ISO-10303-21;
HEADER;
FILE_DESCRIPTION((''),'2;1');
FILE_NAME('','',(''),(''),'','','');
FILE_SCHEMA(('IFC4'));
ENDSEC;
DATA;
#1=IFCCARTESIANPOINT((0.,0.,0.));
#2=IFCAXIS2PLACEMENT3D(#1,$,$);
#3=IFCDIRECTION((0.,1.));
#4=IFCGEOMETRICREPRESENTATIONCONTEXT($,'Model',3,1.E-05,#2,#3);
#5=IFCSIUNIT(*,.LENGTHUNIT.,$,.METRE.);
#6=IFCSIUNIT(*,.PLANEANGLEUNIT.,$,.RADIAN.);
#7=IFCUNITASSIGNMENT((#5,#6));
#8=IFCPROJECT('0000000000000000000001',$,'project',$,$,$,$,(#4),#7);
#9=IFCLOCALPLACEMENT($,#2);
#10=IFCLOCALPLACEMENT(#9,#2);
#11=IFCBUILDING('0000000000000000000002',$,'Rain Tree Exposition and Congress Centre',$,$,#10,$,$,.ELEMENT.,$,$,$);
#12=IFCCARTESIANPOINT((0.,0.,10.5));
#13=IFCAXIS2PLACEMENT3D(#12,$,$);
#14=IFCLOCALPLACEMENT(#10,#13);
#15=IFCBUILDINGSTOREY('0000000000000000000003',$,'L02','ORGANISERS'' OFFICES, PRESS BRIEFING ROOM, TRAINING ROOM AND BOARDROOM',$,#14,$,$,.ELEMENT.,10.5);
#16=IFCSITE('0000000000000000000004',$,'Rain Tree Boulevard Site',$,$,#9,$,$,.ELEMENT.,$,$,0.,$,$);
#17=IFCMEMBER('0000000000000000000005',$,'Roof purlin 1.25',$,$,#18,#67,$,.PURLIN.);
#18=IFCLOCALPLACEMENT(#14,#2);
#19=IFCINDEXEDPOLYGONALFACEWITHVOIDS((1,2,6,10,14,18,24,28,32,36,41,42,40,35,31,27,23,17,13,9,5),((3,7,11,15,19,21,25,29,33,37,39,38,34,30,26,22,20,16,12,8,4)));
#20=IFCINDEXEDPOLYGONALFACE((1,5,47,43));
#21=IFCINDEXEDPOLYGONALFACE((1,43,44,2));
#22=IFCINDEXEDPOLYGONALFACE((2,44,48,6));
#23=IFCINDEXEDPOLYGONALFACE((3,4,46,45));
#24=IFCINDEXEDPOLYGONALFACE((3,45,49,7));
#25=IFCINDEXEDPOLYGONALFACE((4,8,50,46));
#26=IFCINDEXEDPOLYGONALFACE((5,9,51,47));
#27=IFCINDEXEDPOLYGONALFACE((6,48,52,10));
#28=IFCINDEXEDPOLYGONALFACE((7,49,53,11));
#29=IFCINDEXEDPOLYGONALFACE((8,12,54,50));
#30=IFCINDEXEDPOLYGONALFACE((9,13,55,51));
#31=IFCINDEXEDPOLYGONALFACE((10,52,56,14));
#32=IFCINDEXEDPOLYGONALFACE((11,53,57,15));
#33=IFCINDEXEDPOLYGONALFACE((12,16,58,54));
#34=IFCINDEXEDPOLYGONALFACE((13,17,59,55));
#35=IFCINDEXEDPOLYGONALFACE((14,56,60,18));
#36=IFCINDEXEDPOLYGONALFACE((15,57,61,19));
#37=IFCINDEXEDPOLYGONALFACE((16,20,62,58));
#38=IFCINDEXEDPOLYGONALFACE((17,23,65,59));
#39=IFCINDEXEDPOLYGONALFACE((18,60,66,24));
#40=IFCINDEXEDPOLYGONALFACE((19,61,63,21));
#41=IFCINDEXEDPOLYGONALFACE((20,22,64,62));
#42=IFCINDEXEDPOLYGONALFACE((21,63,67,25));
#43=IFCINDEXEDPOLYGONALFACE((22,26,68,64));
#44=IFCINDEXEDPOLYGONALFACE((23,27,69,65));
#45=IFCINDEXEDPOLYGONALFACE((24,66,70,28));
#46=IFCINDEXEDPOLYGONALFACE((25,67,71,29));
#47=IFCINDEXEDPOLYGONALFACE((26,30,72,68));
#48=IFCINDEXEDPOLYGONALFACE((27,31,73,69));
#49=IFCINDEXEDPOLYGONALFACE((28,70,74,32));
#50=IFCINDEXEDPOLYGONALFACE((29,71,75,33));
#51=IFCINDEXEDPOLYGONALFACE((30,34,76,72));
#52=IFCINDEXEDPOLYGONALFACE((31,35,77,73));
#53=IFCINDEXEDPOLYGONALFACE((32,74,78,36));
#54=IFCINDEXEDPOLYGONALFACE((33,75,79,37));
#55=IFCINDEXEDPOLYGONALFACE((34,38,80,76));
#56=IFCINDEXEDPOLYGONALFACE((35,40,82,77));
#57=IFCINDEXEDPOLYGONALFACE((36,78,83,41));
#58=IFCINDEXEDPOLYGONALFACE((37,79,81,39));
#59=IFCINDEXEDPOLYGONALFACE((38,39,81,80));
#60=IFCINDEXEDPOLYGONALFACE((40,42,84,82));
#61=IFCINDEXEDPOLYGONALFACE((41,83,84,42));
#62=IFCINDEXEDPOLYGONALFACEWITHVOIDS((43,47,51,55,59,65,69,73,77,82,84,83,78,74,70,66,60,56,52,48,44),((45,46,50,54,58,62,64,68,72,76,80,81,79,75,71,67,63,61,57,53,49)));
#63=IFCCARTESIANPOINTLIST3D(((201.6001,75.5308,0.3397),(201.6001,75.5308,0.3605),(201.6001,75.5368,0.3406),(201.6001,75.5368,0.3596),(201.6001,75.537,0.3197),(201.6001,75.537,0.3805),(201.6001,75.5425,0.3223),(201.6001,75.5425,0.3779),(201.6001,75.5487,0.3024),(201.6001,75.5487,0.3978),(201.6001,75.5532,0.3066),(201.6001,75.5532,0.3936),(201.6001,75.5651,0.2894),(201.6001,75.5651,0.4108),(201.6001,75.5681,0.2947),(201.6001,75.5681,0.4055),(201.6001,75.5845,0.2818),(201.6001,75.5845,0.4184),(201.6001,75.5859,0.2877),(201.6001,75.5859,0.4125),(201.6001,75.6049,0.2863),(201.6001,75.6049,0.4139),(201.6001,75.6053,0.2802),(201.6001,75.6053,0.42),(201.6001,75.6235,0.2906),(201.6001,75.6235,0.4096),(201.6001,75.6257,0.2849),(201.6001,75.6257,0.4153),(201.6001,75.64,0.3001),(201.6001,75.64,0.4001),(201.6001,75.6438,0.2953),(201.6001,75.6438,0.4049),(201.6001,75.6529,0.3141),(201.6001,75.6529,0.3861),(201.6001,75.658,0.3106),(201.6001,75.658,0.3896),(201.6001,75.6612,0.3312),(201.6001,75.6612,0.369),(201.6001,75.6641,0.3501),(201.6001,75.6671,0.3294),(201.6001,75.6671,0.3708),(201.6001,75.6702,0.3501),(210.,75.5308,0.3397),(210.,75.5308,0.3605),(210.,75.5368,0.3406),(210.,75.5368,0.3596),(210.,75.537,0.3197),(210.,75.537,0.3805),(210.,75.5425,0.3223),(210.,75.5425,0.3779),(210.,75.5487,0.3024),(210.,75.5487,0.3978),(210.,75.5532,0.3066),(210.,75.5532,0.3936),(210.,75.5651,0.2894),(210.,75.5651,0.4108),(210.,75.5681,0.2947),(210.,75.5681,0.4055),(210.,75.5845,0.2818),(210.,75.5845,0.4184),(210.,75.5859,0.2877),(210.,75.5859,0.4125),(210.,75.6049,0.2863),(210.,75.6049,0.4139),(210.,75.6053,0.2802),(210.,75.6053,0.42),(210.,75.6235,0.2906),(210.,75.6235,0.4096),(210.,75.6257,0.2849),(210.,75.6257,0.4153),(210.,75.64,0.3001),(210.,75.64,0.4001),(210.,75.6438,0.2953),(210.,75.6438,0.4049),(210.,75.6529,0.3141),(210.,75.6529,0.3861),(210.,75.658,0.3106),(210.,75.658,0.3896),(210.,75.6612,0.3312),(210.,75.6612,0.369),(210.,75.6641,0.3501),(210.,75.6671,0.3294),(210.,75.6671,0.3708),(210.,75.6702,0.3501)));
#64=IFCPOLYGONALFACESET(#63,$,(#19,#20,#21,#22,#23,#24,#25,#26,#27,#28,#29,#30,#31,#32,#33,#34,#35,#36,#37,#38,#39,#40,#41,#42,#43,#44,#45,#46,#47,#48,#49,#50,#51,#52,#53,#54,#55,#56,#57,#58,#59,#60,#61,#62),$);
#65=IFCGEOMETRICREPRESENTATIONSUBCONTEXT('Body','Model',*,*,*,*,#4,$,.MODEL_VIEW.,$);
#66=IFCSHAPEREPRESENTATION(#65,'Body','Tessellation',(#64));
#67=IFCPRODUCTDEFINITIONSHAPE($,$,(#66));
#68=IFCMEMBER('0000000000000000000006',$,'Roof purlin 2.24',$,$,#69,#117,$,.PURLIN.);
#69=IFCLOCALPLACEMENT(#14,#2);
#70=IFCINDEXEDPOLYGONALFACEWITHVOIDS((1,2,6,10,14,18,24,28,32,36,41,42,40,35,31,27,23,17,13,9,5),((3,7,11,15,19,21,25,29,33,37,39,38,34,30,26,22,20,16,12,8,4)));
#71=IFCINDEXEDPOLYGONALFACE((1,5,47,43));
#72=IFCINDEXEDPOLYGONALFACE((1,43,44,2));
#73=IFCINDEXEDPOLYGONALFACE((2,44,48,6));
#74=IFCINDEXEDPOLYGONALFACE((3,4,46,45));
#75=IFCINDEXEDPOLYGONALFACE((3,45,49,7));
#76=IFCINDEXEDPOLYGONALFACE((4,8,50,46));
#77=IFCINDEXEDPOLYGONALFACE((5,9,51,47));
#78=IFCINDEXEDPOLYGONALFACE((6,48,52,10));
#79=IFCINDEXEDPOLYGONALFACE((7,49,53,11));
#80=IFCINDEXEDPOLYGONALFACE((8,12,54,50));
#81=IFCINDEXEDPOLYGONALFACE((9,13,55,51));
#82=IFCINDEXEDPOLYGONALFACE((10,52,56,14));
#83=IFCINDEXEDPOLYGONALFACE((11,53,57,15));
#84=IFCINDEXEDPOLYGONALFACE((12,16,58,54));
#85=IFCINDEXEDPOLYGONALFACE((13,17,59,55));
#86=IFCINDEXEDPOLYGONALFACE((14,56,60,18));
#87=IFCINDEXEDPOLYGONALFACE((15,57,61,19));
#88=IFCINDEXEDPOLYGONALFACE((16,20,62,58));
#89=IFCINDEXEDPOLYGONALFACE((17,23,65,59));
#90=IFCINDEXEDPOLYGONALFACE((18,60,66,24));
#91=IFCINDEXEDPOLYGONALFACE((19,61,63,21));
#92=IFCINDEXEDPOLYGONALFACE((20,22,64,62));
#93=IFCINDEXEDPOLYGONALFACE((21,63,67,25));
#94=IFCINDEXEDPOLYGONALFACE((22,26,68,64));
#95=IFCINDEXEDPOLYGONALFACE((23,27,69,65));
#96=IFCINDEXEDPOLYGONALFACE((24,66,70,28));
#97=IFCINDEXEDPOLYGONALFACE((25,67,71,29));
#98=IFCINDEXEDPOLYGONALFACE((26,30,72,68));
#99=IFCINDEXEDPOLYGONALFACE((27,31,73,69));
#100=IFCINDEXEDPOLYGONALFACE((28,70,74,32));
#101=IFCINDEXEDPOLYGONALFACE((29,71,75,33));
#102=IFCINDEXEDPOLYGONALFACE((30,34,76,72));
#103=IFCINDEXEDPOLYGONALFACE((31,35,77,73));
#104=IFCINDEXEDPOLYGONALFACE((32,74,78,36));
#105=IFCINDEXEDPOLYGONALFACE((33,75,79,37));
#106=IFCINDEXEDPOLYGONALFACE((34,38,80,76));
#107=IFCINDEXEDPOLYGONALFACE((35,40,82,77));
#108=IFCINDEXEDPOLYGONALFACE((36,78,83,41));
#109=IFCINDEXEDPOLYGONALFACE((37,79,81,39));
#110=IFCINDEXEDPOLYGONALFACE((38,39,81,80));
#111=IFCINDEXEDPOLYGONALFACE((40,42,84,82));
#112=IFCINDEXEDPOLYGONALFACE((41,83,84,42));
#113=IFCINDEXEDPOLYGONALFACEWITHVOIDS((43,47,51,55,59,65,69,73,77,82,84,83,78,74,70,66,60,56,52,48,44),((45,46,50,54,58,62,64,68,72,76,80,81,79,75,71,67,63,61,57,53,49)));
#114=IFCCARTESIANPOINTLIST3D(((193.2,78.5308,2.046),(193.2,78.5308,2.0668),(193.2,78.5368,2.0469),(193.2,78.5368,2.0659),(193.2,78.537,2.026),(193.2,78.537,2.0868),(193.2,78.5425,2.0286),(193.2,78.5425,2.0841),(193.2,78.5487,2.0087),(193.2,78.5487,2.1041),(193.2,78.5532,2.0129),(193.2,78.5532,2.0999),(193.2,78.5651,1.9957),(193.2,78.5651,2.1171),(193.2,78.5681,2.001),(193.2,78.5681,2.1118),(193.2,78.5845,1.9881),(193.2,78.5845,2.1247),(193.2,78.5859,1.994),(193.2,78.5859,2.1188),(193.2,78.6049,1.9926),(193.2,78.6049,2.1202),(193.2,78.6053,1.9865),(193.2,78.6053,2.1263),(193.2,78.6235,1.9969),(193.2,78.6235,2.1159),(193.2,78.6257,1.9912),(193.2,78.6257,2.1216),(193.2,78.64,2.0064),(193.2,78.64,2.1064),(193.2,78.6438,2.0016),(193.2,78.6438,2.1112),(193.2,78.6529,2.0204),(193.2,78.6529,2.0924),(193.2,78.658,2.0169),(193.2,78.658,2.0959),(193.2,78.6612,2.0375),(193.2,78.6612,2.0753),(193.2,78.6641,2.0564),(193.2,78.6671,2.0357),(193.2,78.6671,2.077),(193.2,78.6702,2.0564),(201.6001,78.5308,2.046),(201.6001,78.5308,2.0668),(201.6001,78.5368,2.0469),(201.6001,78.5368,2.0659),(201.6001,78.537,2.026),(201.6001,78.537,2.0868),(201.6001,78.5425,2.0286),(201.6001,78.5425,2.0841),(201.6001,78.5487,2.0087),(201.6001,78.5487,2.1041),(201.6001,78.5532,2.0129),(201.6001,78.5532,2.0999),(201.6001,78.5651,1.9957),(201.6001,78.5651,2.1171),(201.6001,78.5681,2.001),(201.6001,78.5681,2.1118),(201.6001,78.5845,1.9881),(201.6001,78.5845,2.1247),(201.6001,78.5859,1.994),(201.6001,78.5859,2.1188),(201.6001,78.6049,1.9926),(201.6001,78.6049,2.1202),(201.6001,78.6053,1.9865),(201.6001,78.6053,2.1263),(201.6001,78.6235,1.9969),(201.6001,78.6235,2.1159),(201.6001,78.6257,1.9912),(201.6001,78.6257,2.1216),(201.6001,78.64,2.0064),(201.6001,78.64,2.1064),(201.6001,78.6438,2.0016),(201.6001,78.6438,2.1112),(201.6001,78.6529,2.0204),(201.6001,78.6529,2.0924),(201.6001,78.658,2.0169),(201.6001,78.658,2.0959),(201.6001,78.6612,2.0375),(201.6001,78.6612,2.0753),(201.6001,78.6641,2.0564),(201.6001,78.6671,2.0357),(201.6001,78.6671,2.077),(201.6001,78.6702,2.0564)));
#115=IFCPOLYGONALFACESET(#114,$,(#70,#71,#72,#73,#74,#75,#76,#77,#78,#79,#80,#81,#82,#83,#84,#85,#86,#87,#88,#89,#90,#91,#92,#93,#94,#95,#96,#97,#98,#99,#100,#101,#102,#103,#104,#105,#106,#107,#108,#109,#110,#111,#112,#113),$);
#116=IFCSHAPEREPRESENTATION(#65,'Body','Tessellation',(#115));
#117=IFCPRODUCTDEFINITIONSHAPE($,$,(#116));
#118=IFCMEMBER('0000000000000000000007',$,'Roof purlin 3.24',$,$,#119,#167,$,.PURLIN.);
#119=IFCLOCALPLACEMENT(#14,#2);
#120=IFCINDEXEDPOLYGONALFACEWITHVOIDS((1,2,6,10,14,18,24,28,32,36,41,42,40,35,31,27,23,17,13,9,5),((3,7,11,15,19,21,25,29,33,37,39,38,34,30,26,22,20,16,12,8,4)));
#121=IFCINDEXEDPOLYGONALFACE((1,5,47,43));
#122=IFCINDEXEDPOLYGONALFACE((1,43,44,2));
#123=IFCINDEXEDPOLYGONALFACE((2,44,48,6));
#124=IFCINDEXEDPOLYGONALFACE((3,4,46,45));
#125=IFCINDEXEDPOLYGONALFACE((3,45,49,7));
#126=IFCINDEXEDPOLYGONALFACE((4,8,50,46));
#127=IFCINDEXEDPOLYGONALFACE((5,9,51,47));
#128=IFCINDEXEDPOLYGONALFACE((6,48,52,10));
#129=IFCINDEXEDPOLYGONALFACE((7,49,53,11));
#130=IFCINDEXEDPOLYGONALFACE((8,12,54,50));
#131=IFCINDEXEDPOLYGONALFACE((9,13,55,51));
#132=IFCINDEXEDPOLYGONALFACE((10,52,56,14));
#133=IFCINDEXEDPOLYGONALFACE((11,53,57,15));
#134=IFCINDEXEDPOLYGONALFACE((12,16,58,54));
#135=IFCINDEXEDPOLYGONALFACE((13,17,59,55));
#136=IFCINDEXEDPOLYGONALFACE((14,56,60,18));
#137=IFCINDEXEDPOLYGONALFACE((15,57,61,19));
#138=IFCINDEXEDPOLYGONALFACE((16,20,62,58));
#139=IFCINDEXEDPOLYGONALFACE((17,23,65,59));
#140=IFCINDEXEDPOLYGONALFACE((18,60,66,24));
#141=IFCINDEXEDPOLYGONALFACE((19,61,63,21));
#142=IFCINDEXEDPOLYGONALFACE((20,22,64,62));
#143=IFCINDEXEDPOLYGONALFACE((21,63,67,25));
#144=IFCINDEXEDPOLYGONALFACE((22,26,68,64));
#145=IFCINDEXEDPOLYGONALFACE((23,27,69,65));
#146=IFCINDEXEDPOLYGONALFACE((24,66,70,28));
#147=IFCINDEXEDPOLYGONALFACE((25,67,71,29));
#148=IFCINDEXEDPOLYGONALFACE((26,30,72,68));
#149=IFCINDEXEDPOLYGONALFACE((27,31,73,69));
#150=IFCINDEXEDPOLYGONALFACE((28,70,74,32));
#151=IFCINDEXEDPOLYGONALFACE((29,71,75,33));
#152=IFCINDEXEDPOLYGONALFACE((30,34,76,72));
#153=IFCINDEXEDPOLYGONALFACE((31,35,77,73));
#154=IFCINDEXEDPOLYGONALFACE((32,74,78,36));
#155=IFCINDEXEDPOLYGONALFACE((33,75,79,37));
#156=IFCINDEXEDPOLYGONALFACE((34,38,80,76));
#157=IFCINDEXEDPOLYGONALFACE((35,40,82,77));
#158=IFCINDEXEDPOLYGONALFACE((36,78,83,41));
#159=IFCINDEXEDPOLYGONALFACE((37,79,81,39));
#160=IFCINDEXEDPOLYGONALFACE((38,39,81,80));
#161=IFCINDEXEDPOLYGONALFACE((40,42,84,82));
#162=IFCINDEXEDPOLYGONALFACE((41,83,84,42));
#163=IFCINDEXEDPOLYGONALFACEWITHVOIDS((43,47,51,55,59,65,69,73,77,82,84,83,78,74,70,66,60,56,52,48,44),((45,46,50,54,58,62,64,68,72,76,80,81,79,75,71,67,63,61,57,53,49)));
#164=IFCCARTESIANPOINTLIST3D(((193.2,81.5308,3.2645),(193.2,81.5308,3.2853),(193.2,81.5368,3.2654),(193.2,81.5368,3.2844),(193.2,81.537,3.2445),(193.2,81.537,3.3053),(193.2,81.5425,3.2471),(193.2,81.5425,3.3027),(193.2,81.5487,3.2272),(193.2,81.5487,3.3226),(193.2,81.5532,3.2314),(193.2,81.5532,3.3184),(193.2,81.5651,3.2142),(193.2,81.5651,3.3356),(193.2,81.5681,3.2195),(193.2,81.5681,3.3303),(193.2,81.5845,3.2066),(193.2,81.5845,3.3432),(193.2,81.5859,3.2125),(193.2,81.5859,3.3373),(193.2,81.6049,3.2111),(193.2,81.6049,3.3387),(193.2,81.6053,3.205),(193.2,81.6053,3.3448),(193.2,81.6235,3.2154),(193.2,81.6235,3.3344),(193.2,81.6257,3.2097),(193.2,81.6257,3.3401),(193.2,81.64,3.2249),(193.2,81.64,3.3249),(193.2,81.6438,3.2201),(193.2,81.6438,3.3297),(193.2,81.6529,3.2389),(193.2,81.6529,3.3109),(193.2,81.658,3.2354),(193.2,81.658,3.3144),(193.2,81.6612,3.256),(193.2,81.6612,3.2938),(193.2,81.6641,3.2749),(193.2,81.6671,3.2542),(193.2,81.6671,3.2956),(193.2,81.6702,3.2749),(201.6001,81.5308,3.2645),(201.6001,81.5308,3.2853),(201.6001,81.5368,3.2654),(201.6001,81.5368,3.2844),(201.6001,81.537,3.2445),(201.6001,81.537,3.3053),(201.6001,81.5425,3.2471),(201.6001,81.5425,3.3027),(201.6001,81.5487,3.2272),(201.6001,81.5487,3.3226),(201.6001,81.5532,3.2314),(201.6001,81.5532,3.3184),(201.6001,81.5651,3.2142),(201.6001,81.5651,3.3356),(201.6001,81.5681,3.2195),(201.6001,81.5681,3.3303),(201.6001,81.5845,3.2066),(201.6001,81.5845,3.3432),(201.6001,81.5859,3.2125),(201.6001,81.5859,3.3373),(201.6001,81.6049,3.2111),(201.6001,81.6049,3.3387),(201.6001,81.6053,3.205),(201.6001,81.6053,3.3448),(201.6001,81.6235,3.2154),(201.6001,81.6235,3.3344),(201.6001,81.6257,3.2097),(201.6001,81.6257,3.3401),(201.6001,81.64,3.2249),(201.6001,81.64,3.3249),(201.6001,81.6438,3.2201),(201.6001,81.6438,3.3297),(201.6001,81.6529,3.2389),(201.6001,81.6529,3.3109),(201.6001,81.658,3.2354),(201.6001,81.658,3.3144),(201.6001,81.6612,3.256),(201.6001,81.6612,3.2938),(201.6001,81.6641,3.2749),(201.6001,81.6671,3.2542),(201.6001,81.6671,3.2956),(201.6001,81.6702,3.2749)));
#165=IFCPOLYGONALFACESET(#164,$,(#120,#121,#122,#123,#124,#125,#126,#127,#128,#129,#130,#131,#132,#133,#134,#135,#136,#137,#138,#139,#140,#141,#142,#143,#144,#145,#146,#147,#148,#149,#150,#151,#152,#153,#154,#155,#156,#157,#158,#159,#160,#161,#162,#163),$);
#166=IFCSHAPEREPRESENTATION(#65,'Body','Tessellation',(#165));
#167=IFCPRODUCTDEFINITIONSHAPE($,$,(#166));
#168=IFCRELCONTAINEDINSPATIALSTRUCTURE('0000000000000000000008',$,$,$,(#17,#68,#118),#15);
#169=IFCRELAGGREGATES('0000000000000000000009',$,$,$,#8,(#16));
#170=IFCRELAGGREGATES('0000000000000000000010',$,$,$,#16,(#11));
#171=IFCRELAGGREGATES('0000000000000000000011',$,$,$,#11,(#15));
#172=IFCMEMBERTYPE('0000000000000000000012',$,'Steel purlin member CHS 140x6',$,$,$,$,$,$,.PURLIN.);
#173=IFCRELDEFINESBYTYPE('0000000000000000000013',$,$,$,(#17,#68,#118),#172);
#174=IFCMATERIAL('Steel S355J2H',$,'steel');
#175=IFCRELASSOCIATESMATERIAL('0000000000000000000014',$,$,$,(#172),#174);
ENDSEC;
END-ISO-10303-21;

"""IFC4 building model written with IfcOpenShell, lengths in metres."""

from ifc_helpers import new_model, si_unit, direction, frame, origin, origin_2d, place, context, subcontext, project, spatial, hollow_circle, extrude, material, material_profile, profile_set, type_object, element, save


model = new_model("IFC4")

# Units and contexts
model_context = context("Model", 3, precision=1e-05, world=origin(), true_north=direction((0.0, 1.0)))
body_context = subcontext(model_context, "Body", "Model", "MODEL_VIEW")
ifc_project = project(units=[si_unit("LENGTHUNIT", "METRE"), si_unit("PLANEANGLEUNIT", "RADIAN")], contexts=[model_context])

# Site, building, storey
site_placement = place(None, origin())
site = spatial("IfcSite", under=ifc_project, at=site_placement, Name="Rain Tree Boulevard Site", CompositionType="ELEMENT", RefElevation=0.0)
building_placement = place(site_placement, origin())
building = spatial("IfcBuilding", under=site, at=building_placement, Name="Rain Tree Exposition and Congress Centre", CompositionType="ELEMENT")
storey_placement = place(building_placement, frame((0.0, 0.0, 10.5)))
storey = spatial("IfcBuildingStorey", under=building, at=storey_placement, Name="L02", Description="ORGANISERS' OFFICES, PRESS BRIEFING ROOM, TRAINING ROOM AND BOARDROOM", CompositionType="ELEMENT", Elevation=10.5)

# Members
ifc_material_1 = material(Name="Steel S355J2H", Category="steel")
ifc_material_profile_1 = material_profile(ifc_material_1, hollow_circle(Radius=0.0701, WallThickness=0.0061, at=origin_2d()), Name="CHS 140x6")
ifc_profile_set_1 = profile_set([ifc_material_profile_1], Name="Steel S355J2H")
member_type_1 = type_object("IfcMemberType", Name="Steel purlin member CHS 140x6", PredefinedType="PURLIN", material=ifc_profile_set_1)
member_1_placement = place(storey_placement, frame((201.6001, 75.6001, 0.3501), z_axis=(1.0, 0.0, 0.0), x_axis=(0.0, 1.0, 0.0)))
element("IfcMember", 1, at=member_1_placement, inside=storey, type_object=member_type_1, Name="Roof purlin 1.25", PredefinedType="PURLIN", context=body_context, shape_type="SweptSolid", body=[
    extrude(hollow_circle(Radius=0.0701, WallThickness=0.0061, at=origin_2d()), origin(), (0.0, 0.0, 1.0), 8.3999),
])
for number, where, z_axis, x_axis, name in (
    (2, (193.2, 78.6001, 2.0564), (1.0, 0.0, 0.0), (0.0, 1.0, 0.0), "Roof purlin 2.24"),
    (3, (193.2, 81.6001, 3.2749), (1.0, 0.0, 0.0), (0.0, 1.0, 0.0), "Roof purlin 3.24"),
):
    element("IfcMember", number, at=place(storey_placement, frame(where, z_axis=z_axis, x_axis=x_axis)), inside=storey, type_object=member_type_1, Name=name, PredefinedType="PURLIN", context=body_context, shape_type="SweptSolid", body=[
        extrude(hollow_circle(Radius=0.0701, WallThickness=0.0061, at=origin_2d()), origin(), (0.0, 0.0, 1.0), 8.4001),
    ])

save(model, "model.ifc")
